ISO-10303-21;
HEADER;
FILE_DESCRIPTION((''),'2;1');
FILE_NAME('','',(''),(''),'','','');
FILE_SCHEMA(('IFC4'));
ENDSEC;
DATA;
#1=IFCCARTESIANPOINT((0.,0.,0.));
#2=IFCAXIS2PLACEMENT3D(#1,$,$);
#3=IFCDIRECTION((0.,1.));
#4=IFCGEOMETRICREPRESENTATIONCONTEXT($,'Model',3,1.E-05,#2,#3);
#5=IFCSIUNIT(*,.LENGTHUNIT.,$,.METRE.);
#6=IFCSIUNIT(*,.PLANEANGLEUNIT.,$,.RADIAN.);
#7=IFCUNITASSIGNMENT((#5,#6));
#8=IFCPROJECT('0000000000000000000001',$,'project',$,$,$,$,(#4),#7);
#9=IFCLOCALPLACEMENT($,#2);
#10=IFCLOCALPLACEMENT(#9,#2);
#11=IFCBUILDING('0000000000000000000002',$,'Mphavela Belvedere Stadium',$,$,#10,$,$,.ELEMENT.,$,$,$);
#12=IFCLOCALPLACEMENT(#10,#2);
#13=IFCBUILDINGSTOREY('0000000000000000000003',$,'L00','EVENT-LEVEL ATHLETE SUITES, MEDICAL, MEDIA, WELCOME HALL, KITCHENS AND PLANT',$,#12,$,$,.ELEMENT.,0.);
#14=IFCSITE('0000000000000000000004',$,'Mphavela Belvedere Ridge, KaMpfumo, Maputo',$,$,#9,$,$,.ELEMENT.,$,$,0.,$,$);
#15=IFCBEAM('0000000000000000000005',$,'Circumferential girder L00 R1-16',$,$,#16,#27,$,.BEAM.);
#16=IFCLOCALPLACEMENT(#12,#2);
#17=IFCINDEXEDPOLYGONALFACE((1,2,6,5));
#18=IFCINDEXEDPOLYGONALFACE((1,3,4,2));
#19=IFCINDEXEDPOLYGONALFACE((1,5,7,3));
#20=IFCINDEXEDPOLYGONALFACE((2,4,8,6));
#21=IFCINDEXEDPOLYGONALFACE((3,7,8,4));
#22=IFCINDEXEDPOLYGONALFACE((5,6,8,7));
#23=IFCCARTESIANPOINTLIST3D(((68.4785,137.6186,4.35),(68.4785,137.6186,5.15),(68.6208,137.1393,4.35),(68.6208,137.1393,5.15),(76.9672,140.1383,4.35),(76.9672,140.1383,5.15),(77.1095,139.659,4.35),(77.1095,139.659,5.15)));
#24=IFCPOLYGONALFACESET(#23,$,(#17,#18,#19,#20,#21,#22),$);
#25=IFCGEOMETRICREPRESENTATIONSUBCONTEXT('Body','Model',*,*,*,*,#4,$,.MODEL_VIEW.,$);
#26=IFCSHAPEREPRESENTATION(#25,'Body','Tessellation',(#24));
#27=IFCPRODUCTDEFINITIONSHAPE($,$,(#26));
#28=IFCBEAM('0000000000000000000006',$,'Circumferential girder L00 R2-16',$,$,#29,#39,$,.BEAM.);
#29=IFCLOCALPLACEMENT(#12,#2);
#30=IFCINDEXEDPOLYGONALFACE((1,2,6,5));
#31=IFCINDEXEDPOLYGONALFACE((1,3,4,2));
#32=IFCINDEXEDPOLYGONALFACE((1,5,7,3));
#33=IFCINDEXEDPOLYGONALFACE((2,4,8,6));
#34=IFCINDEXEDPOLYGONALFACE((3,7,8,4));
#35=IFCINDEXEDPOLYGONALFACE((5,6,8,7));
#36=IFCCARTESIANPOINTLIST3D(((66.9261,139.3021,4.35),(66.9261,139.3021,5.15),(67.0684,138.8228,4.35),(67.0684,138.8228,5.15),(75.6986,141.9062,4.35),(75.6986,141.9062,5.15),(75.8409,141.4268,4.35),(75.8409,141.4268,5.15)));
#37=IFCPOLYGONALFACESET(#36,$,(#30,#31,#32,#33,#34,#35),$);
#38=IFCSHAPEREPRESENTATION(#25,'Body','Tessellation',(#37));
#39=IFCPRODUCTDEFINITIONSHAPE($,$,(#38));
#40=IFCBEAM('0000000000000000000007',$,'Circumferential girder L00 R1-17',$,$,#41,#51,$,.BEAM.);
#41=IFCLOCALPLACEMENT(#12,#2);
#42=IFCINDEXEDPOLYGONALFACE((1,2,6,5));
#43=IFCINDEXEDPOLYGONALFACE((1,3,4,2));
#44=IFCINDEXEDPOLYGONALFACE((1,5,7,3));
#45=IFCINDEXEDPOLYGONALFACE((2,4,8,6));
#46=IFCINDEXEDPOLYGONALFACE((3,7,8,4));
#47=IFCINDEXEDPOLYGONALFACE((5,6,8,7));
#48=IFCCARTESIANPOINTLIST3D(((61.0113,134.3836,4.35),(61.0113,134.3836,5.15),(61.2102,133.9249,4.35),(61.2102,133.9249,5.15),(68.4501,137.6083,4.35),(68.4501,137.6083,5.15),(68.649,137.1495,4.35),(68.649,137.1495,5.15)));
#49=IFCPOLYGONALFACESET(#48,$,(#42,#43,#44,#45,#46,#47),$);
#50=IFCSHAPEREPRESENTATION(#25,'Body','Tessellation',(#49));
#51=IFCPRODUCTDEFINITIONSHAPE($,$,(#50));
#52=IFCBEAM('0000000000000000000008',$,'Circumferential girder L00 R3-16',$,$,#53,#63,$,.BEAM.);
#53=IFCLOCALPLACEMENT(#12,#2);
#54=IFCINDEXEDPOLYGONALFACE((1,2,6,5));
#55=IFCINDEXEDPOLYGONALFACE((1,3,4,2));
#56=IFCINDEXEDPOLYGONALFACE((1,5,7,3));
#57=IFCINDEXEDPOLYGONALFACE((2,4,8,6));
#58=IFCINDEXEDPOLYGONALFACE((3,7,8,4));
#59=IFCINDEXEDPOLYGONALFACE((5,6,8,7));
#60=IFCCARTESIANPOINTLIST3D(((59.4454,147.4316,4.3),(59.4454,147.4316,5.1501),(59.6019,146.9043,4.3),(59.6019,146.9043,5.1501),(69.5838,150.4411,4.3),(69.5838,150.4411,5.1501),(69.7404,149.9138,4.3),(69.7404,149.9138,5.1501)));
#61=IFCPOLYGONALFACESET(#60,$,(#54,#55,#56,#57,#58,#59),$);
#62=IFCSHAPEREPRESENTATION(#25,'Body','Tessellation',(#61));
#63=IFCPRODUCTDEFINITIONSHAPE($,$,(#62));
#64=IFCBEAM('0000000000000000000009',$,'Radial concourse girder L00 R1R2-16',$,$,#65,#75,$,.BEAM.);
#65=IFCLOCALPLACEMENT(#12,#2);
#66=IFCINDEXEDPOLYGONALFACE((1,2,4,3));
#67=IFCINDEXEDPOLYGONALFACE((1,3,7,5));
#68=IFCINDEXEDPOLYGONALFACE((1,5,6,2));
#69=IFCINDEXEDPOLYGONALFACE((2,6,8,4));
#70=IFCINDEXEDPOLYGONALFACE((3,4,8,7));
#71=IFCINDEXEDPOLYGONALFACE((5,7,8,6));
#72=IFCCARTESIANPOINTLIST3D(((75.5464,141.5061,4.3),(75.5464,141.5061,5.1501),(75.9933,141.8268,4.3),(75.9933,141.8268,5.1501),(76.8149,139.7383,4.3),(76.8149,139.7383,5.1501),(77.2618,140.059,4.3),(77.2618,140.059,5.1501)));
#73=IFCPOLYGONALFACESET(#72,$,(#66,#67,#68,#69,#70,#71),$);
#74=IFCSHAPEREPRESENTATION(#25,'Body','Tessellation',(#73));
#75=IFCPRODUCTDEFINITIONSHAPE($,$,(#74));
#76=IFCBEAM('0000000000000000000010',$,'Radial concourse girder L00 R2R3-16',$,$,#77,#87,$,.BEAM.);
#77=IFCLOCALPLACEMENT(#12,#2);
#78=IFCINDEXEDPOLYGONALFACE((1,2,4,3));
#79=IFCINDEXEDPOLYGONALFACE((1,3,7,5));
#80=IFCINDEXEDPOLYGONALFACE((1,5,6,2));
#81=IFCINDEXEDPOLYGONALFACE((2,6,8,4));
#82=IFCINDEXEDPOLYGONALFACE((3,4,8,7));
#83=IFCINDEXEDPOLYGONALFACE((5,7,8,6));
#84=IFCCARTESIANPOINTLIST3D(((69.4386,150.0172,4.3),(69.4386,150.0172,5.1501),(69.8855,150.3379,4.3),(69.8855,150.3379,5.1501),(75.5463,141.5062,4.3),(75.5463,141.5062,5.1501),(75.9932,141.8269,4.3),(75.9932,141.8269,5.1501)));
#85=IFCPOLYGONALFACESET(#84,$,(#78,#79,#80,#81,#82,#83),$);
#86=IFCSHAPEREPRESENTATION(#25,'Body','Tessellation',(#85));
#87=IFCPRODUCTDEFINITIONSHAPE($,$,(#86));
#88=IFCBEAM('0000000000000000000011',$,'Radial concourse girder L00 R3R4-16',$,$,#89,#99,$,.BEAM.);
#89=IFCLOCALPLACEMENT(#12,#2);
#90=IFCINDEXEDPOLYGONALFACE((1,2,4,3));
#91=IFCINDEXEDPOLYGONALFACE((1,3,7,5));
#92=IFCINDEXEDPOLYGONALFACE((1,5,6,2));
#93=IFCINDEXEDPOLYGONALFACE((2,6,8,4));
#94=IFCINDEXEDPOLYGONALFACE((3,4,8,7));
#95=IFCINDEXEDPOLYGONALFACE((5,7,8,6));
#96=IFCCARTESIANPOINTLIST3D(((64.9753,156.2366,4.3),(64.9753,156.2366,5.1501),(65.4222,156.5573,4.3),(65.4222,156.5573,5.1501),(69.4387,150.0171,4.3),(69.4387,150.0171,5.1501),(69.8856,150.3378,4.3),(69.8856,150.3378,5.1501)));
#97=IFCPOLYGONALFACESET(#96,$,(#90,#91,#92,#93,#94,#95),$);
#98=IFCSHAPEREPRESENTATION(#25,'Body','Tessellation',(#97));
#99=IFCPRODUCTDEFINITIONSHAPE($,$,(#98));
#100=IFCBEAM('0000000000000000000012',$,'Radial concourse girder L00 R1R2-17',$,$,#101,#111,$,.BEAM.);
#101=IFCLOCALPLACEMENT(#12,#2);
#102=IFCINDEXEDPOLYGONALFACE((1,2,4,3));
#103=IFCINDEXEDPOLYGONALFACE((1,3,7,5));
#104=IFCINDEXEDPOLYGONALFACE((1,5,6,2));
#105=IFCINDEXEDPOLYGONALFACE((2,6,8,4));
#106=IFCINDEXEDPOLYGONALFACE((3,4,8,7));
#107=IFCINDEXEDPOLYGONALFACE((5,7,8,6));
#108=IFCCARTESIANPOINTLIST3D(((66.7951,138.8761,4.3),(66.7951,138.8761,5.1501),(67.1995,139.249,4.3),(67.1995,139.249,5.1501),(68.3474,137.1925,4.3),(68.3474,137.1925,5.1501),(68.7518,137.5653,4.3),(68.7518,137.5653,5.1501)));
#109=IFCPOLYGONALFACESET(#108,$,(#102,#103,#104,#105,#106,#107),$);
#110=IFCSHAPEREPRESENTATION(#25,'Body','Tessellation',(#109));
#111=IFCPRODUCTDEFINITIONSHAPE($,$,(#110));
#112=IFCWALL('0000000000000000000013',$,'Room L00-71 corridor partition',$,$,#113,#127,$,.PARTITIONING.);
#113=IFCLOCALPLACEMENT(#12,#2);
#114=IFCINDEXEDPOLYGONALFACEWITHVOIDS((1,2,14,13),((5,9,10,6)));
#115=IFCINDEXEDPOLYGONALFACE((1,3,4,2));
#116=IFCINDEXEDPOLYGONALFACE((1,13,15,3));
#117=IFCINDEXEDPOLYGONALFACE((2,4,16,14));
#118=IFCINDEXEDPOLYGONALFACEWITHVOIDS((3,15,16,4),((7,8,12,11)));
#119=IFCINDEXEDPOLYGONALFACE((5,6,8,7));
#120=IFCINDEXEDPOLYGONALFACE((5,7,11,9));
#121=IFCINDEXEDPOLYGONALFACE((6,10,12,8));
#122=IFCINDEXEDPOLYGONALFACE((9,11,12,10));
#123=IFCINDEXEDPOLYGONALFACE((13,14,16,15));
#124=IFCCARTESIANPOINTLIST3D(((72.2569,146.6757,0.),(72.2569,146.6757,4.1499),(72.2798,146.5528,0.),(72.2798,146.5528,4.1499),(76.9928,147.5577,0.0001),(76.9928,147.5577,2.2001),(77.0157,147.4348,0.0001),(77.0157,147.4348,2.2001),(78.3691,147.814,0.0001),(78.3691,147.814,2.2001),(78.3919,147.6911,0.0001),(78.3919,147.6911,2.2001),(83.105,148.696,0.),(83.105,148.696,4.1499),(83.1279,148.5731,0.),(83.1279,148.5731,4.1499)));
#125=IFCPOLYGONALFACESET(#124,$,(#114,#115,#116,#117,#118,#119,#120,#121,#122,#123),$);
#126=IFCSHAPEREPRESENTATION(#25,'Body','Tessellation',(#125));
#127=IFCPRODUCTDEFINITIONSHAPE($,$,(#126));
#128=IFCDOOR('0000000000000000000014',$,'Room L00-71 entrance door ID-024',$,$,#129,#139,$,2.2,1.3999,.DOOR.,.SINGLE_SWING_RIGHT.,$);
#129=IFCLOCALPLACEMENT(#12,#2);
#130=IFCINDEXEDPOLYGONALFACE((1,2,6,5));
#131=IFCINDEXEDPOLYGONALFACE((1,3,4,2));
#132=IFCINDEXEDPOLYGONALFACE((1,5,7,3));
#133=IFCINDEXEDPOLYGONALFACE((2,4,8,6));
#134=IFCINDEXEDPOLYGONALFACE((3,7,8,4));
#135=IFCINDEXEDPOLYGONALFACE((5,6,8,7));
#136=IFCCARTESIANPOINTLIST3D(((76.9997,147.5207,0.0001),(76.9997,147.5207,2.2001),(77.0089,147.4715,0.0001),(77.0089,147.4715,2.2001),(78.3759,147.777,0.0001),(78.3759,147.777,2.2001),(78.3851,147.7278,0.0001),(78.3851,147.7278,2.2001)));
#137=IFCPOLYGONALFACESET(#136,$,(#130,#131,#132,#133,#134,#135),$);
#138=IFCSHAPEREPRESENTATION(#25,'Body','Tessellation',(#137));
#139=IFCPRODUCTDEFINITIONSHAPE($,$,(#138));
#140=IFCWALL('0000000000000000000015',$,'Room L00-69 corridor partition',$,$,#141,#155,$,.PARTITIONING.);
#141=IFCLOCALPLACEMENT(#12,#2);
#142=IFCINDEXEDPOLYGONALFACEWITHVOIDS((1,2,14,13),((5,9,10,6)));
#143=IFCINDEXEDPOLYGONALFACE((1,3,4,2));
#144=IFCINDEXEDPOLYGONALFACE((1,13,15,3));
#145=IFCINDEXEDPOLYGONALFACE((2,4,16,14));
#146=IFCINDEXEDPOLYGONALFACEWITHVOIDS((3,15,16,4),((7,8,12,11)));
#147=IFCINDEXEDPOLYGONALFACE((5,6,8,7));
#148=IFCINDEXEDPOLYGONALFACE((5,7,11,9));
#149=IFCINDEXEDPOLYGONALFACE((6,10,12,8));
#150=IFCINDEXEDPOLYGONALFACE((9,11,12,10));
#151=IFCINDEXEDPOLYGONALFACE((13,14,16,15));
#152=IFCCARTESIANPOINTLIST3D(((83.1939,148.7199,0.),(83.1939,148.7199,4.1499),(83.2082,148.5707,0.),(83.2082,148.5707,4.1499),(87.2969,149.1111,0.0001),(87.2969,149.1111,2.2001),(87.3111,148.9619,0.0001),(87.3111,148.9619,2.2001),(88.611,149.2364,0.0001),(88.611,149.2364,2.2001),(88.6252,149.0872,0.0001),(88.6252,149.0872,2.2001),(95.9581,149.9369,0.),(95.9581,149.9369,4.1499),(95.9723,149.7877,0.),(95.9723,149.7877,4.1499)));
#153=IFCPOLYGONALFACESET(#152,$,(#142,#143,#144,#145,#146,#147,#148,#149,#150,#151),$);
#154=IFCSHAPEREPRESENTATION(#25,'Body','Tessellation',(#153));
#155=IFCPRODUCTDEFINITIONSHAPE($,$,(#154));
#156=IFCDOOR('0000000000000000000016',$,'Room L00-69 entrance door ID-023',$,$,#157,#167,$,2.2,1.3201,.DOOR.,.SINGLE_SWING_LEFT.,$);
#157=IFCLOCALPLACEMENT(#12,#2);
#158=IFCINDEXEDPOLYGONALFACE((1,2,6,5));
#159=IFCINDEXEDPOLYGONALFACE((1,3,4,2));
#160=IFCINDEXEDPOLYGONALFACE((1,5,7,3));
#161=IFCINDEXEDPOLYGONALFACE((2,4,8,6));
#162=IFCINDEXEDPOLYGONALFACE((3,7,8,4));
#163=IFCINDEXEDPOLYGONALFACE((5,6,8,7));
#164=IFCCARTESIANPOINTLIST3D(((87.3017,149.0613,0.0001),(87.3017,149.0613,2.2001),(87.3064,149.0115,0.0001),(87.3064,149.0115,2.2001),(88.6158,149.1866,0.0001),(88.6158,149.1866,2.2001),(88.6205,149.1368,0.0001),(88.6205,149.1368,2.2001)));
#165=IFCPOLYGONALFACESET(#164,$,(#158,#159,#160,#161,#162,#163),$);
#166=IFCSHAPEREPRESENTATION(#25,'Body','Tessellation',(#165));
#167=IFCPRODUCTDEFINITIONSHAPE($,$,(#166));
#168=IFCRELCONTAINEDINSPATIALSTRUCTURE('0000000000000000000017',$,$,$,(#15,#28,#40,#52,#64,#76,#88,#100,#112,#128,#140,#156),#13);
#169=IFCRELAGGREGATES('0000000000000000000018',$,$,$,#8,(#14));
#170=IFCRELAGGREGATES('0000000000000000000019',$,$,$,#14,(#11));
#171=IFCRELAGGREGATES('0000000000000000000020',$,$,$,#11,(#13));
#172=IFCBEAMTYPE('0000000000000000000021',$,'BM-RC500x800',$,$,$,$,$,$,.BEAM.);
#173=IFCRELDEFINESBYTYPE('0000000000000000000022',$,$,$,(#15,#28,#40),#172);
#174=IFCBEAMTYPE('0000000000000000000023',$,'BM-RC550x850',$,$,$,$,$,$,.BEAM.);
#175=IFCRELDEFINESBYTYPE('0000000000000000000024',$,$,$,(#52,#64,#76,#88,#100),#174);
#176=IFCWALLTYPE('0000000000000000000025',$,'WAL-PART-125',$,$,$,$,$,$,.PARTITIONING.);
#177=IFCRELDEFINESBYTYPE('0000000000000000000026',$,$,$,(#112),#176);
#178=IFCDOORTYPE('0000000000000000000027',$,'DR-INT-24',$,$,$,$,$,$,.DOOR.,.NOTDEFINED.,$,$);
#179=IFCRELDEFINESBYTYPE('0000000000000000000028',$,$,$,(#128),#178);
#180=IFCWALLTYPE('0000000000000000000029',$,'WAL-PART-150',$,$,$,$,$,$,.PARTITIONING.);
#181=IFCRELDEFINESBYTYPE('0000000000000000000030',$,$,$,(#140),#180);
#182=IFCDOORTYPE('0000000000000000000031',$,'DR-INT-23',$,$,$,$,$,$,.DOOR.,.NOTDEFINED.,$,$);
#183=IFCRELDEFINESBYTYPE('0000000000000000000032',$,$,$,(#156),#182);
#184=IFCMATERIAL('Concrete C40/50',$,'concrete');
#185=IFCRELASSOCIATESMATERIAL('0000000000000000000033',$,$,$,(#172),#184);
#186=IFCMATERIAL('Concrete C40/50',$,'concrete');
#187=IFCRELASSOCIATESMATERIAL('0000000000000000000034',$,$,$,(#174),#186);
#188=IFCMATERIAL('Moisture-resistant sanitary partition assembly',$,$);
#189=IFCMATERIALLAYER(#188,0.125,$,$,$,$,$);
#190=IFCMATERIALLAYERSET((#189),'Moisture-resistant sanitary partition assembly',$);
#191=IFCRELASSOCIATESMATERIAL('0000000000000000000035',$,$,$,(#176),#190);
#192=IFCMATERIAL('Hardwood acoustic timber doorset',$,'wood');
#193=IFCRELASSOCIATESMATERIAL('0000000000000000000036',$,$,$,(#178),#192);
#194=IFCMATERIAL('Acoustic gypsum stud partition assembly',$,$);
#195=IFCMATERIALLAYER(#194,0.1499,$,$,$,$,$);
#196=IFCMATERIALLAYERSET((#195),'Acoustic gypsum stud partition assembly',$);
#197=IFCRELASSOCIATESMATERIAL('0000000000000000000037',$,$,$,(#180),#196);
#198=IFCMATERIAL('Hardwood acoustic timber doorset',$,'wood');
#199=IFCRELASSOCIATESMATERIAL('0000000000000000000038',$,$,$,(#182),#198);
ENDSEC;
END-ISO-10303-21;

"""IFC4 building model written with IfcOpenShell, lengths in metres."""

from ifc_helpers import new_model, si_unit, direction, frame, frame_2d, origin, origin_2d, place, context, subcontext, project, spatial, rectangle, extrude, material, layer, layer_set, material_profile, profile_set, type_object, element, fill, save


model = new_model("IFC4")

# Units and contexts
model_context = context("Model", 3, precision=1e-05, world=origin(), true_north=direction((0.0, 1.0)))
body_context = subcontext(model_context, "Body", "Model", "MODEL_VIEW")
ifc_project = project(units=[si_unit("LENGTHUNIT", "METRE"), si_unit("PLANEANGLEUNIT", "RADIAN")], contexts=[model_context])

# Site, building, storey
site_placement = place(None, origin())
site = spatial("IfcSite", under=ifc_project, at=site_placement, Name="Mphavela Belvedere Ridge, KaMpfumo, Maputo", CompositionType="ELEMENT", RefElevation=0.0)
building_placement = place(site_placement, origin())
building = spatial("IfcBuilding", under=site, at=building_placement, Name="Mphavela Belvedere Stadium", CompositionType="ELEMENT")
storey_placement = place(building_placement, origin())
storey = spatial("IfcBuildingStorey", under=building, at=storey_placement, Name="L00", Description="EVENT-LEVEL ATHLETE SUITES, MEDICAL, MEDIA, WELCOME HALL, KITCHENS AND PLANT", CompositionType="ELEMENT", Elevation=0.0)

# Beams
ifc_material_1 = material(Name="Concrete C40/50", Category="concrete")
ifc_material_profile_1 = material_profile(ifc_material_1, rectangle(XDim=0.5, YDim=0.8, at=origin_2d()), Name="RC 500x800")
ifc_profile_set_1 = profile_set([ifc_material_profile_1], Name="Concrete C40/50")
beam_type_1 = type_object("IfcBeamType", Name="BM-RC500x800", PredefinedType="BEAM", material=ifc_profile_set_1)
beam_1_placement = place(storey_placement, frame((77.0383, 139.8987, 4.75), z_axis=(-0.958657, -0.284564, 0.0), x_axis=(0.284564, -0.958657, 0.0)))
element("IfcBeam", 1, at=beam_1_placement, inside=storey, type_object=beam_type_1, Name="Circumferential girder L00 R1-16", PredefinedType="BEAM", context=body_context, shape_type="SweptSolid", body=[
    extrude(rectangle(XDim=0.5, YDim=0.8, at=origin_2d()), origin(), (0.0, 0.0, 1.0), 8.8547),
])
beam_2_placement = place(storey_placement, frame((75.7698, 141.6665, 4.75), z_axis=(-0.958656, -0.284566, 0.0), x_axis=(0.284566, -0.958656, 0.0)))
element("IfcBeam", 2, at=beam_2_placement, inside=storey, type_object=beam_type_1, Name="Circumferential girder L00 R2-16", PredefinedType="BEAM", context=body_context, shape_type="SweptSolid", body=[
    extrude(rectangle(XDim=0.5, YDim=0.8, at=origin_2d()), origin(), (0.0, 0.0, 1.0), 9.1509),
])
beam_3_placement = place(storey_placement, frame((68.5496, 137.3789, 4.75), z_axis=(-0.917503, -0.397728, 0.0), x_axis=(0.397728, -0.917503, 0.0)))
element("IfcBeam", 3, at=beam_3_placement, inside=storey, type_object=beam_type_1, Name="Circumferential girder L00 R1-17", PredefinedType="BEAM", context=body_context, shape_type="SweptSolid", body=[
    extrude(rectangle(XDim=0.5, YDim=0.8, at=origin_2d()), origin(), (0.0, 0.0, 1.0), 8.1077),
])
ifc_material_2 = material(Name="Concrete C40/50", Category="concrete")
ifc_material_profile_2 = material_profile(ifc_material_2, rectangle(XDim=0.55, YDim=0.8501, at=origin_2d()), Name="RC 550x850")
ifc_profile_set_2 = profile_set([ifc_material_profile_2], Name="Concrete C40/50")
beam_type_2 = type_object("IfcBeamType", Name="BM-RC550x850", PredefinedType="BEAM", material=ifc_profile_set_2)
beam_4_placement = place(storey_placement, frame((69.6621, 150.1775, 4.7251), z_axis=(-0.958655, -0.28457, 0.0), x_axis=(0.28457, -0.958655, 0.0)))
element("IfcBeam", 4, at=beam_4_placement, inside=storey, type_object=beam_type_2, Name="Circumferential girder L00 R3-16", PredefinedType="BEAM", context=body_context, shape_type="SweptSolid", body=[
    extrude(rectangle(XDim=0.55, YDim=0.8501, at=origin_2d()), origin(), (0.0, 0.0, 1.0), 10.5757),
])
beam_5_placement = place(storey_placement, frame((77.0383, 139.8987, 4.7251), z_axis=(-0.583009, 0.812465, 0.0), x_axis=(-0.812465, -0.583009, 0.0)))
element("IfcBeam", 5, at=beam_5_placement, inside=storey, type_object=beam_type_2, Name="Radial concourse girder L00 R1R2-16", PredefinedType="BEAM", context=body_context, shape_type="SweptSolid", body=[
    extrude(rectangle(XDim=0.55, YDim=0.8501, at=origin_2d()), origin(), (0.0, 0.0, 1.0), 2.1758),
])
beam_6_placement = place(storey_placement, frame((75.7698, 141.6665, 4.7251), z_axis=(-0.583031, 0.81245, 0.0), x_axis=(-0.81245, -0.583031, 0.0)))
element("IfcBeam", 6, at=beam_6_placement, inside=storey, type_object=beam_type_2, Name="Radial concourse girder L00 R2R3-16", PredefinedType="BEAM", context=body_context, shape_type="SweptSolid", body=[
    extrude(rectangle(XDim=0.55, YDim=0.8501, at=origin_2d()), origin(), (0.0, 0.0, 1.0), 10.4758),
])
beam_7_placement = place(storey_placement, frame((69.6621, 150.1775, 4.7251), z_axis=(-0.583044, 0.812441, 0.0), x_axis=(-0.812441, -0.583044, 0.0)))
element("IfcBeam", 7, at=beam_7_placement, inside=storey, type_object=beam_type_2, Name="Radial concourse girder L00 R3R4-16", PredefinedType="BEAM", context=body_context, shape_type="SweptSolid", body=[
    extrude(rectangle(XDim=0.55, YDim=0.8501, at=origin_2d()), origin(), (0.0, 0.0, 1.0), 7.6553),
])
beam_8_placement = place(storey_placement, frame((68.5496, 137.3789, 4.7251), z_axis=(-0.677846, 0.735204, 0.0), x_axis=(-0.735204, -0.677846, 0.0)))
element("IfcBeam", 8, at=beam_8_placement, inside=storey, type_object=beam_type_2, Name="Radial concourse girder L00 R1R2-17", PredefinedType="BEAM", context=body_context, shape_type="SweptSolid", body=[
    extrude(rectangle(XDim=0.55, YDim=0.8501, at=origin_2d()), origin(), (0.0, 0.0, 1.0), 2.29),
])

# Walls, openings, doors
ifc_material_3 = material(Name="Moisture-resistant sanitary partition assembly")
ifc_layer_1 = layer(ifc_material_3, 0.125)
ifc_layer_set_1 = layer_set([ifc_layer_1], Name="Moisture-resistant sanitary partition assembly")
wall_type_1 = type_object("IfcWallType", Name="WAL-PART-125", PredefinedType="PARTITIONING", material=ifc_layer_set_1)
wall_1_placement = place(storey_placement, frame((72.2683, 146.6143, 0.0), z_axis=(0.0, 0.0, 1.0), x_axis=(0.983097, 0.183083, 0.0)))
wall_1 = element("IfcWall", 9, at=wall_1_placement, inside=storey, type_object=wall_type_1, Name="Room L00-71 corridor partition", PredefinedType="PARTITIONING", context=body_context, shape_type="SweptSolid", body=[
    extrude(rectangle(XDim=11.0347, YDim=0.125, at=frame_2d((5.5173, 0.0))), origin(), (0.0, 0.0, 1.0), 4.1499),
])
opening_1_placement = place(wall_1_placement, frame((4.8174, 0.0, 0.0)))
opening_1 = element("IfcOpeningElement", 10, at=opening_1_placement, cuts=wall_1, PredefinedType="OPENING", context=body_context, shape_type="SweptSolid", body=[
    extrude(rectangle(XDim=1.3999, YDim=2.2, at=frame_2d((0.7, 1.1001))), frame((0.0, 0.0725, 0.0), z_axis=(0.0, -1.0, 0.0), x_axis=(1.0, 0.0, 0.0)), (0.0, 0.0, 1.0), 0.145),
])
ifc_material_4 = material(Name="Hardwood acoustic timber doorset", Category="wood")
door_type_1 = type_object("IfcDoorType", Name="DR-INT-24", OperationType="NOTDEFINED", PredefinedType="DOOR", material=ifc_material_4)
door_1_placement = place(opening_1_placement, origin())
door_1 = element("IfcDoor", 11, at=door_1_placement, inside=storey, type_object=door_type_1, Name="Room L00-71 entrance door ID-024", OperationType="SINGLE_SWING_RIGHT", OverallHeight=2.2, OverallWidth=1.3999, PredefinedType="DOOR", context=body_context, shape_type="SweptSolid", body=[
    extrude(rectangle(XDim=1.3999, YDim=2.2, at=frame_2d((0.7, 1.1001))), frame((0.0, 0.0249, 0.0), z_axis=(0.0, -1.0, 0.0), x_axis=(1.0, 0.0, 0.0)), (0.0, 0.0, 1.0), 0.05),
])
fill(opening_1, door_1)
ifc_material_5 = material(Name="Acoustic gypsum stud partition assembly")
ifc_layer_2 = layer(ifc_material_5, 0.1499)
ifc_layer_set_2 = layer_set([ifc_layer_2], Name="Acoustic gypsum stud partition assembly")
wall_type_2 = type_object("IfcWallType", Name="WAL-PART-150", PredefinedType="PARTITIONING", material=ifc_layer_set_2)
wall_2_placement = place(storey_placement, frame((83.2009, 148.6453, 0.0), z_axis=(0.0, 0.0, 1.0), x_axis=(0.995485, 0.094918, 0.0)))
wall_2 = element("IfcWall", 12, at=wall_2_placement, inside=storey, type_object=wall_type_2, Name="Room L00-69 corridor partition", PredefinedType="PARTITIONING", context=body_context, shape_type="SweptSolid", body=[
    extrude(rectangle(XDim=12.822, YDim=0.1499, at=frame_2d((6.4111, 0.0))), origin(), (0.0, 0.0, 1.0), 4.1499),
])
opening_2_placement = place(wall_2_placement, frame((4.1216, 0.0, 0.0)))
opening_2 = element("IfcOpeningElement", 13, at=opening_2_placement, cuts=wall_2, PredefinedType="OPENING", context=body_context, shape_type="SweptSolid", body=[
    extrude(rectangle(XDim=1.3201, YDim=2.2, at=frame_2d((0.6602, 1.1001))), frame((0.0, 0.085, 0.0), z_axis=(0.0, -1.0, 0.0), x_axis=(1.0, 0.0, 0.0)), (0.0, 0.0, 1.0), 0.1699),
])
ifc_material_6 = material(Name="Hardwood acoustic timber doorset", Category="wood")
door_type_2 = type_object("IfcDoorType", Name="DR-INT-23", OperationType="NOTDEFINED", PredefinedType="DOOR", material=ifc_material_6)
door_2_placement = place(opening_2_placement, origin())
door_2 = element("IfcDoor", 14, at=door_2_placement, inside=storey, type_object=door_type_2, Name="Room L00-69 entrance door ID-023", OperationType="SINGLE_SWING_LEFT", OverallHeight=2.2, OverallWidth=1.3201, PredefinedType="DOOR", context=body_context, shape_type="SweptSolid", body=[
    extrude(rectangle(XDim=1.3201, YDim=2.2, at=frame_2d((0.6602, 1.1001))), frame((0.0, 0.0249, 0.0), z_axis=(0.0, -1.0, 0.0), x_axis=(1.0, 0.0, 0.0)), (0.0, 0.0, 1.0), 0.05),
])
fill(opening_2, door_2)

save(model, "model.ifc")
